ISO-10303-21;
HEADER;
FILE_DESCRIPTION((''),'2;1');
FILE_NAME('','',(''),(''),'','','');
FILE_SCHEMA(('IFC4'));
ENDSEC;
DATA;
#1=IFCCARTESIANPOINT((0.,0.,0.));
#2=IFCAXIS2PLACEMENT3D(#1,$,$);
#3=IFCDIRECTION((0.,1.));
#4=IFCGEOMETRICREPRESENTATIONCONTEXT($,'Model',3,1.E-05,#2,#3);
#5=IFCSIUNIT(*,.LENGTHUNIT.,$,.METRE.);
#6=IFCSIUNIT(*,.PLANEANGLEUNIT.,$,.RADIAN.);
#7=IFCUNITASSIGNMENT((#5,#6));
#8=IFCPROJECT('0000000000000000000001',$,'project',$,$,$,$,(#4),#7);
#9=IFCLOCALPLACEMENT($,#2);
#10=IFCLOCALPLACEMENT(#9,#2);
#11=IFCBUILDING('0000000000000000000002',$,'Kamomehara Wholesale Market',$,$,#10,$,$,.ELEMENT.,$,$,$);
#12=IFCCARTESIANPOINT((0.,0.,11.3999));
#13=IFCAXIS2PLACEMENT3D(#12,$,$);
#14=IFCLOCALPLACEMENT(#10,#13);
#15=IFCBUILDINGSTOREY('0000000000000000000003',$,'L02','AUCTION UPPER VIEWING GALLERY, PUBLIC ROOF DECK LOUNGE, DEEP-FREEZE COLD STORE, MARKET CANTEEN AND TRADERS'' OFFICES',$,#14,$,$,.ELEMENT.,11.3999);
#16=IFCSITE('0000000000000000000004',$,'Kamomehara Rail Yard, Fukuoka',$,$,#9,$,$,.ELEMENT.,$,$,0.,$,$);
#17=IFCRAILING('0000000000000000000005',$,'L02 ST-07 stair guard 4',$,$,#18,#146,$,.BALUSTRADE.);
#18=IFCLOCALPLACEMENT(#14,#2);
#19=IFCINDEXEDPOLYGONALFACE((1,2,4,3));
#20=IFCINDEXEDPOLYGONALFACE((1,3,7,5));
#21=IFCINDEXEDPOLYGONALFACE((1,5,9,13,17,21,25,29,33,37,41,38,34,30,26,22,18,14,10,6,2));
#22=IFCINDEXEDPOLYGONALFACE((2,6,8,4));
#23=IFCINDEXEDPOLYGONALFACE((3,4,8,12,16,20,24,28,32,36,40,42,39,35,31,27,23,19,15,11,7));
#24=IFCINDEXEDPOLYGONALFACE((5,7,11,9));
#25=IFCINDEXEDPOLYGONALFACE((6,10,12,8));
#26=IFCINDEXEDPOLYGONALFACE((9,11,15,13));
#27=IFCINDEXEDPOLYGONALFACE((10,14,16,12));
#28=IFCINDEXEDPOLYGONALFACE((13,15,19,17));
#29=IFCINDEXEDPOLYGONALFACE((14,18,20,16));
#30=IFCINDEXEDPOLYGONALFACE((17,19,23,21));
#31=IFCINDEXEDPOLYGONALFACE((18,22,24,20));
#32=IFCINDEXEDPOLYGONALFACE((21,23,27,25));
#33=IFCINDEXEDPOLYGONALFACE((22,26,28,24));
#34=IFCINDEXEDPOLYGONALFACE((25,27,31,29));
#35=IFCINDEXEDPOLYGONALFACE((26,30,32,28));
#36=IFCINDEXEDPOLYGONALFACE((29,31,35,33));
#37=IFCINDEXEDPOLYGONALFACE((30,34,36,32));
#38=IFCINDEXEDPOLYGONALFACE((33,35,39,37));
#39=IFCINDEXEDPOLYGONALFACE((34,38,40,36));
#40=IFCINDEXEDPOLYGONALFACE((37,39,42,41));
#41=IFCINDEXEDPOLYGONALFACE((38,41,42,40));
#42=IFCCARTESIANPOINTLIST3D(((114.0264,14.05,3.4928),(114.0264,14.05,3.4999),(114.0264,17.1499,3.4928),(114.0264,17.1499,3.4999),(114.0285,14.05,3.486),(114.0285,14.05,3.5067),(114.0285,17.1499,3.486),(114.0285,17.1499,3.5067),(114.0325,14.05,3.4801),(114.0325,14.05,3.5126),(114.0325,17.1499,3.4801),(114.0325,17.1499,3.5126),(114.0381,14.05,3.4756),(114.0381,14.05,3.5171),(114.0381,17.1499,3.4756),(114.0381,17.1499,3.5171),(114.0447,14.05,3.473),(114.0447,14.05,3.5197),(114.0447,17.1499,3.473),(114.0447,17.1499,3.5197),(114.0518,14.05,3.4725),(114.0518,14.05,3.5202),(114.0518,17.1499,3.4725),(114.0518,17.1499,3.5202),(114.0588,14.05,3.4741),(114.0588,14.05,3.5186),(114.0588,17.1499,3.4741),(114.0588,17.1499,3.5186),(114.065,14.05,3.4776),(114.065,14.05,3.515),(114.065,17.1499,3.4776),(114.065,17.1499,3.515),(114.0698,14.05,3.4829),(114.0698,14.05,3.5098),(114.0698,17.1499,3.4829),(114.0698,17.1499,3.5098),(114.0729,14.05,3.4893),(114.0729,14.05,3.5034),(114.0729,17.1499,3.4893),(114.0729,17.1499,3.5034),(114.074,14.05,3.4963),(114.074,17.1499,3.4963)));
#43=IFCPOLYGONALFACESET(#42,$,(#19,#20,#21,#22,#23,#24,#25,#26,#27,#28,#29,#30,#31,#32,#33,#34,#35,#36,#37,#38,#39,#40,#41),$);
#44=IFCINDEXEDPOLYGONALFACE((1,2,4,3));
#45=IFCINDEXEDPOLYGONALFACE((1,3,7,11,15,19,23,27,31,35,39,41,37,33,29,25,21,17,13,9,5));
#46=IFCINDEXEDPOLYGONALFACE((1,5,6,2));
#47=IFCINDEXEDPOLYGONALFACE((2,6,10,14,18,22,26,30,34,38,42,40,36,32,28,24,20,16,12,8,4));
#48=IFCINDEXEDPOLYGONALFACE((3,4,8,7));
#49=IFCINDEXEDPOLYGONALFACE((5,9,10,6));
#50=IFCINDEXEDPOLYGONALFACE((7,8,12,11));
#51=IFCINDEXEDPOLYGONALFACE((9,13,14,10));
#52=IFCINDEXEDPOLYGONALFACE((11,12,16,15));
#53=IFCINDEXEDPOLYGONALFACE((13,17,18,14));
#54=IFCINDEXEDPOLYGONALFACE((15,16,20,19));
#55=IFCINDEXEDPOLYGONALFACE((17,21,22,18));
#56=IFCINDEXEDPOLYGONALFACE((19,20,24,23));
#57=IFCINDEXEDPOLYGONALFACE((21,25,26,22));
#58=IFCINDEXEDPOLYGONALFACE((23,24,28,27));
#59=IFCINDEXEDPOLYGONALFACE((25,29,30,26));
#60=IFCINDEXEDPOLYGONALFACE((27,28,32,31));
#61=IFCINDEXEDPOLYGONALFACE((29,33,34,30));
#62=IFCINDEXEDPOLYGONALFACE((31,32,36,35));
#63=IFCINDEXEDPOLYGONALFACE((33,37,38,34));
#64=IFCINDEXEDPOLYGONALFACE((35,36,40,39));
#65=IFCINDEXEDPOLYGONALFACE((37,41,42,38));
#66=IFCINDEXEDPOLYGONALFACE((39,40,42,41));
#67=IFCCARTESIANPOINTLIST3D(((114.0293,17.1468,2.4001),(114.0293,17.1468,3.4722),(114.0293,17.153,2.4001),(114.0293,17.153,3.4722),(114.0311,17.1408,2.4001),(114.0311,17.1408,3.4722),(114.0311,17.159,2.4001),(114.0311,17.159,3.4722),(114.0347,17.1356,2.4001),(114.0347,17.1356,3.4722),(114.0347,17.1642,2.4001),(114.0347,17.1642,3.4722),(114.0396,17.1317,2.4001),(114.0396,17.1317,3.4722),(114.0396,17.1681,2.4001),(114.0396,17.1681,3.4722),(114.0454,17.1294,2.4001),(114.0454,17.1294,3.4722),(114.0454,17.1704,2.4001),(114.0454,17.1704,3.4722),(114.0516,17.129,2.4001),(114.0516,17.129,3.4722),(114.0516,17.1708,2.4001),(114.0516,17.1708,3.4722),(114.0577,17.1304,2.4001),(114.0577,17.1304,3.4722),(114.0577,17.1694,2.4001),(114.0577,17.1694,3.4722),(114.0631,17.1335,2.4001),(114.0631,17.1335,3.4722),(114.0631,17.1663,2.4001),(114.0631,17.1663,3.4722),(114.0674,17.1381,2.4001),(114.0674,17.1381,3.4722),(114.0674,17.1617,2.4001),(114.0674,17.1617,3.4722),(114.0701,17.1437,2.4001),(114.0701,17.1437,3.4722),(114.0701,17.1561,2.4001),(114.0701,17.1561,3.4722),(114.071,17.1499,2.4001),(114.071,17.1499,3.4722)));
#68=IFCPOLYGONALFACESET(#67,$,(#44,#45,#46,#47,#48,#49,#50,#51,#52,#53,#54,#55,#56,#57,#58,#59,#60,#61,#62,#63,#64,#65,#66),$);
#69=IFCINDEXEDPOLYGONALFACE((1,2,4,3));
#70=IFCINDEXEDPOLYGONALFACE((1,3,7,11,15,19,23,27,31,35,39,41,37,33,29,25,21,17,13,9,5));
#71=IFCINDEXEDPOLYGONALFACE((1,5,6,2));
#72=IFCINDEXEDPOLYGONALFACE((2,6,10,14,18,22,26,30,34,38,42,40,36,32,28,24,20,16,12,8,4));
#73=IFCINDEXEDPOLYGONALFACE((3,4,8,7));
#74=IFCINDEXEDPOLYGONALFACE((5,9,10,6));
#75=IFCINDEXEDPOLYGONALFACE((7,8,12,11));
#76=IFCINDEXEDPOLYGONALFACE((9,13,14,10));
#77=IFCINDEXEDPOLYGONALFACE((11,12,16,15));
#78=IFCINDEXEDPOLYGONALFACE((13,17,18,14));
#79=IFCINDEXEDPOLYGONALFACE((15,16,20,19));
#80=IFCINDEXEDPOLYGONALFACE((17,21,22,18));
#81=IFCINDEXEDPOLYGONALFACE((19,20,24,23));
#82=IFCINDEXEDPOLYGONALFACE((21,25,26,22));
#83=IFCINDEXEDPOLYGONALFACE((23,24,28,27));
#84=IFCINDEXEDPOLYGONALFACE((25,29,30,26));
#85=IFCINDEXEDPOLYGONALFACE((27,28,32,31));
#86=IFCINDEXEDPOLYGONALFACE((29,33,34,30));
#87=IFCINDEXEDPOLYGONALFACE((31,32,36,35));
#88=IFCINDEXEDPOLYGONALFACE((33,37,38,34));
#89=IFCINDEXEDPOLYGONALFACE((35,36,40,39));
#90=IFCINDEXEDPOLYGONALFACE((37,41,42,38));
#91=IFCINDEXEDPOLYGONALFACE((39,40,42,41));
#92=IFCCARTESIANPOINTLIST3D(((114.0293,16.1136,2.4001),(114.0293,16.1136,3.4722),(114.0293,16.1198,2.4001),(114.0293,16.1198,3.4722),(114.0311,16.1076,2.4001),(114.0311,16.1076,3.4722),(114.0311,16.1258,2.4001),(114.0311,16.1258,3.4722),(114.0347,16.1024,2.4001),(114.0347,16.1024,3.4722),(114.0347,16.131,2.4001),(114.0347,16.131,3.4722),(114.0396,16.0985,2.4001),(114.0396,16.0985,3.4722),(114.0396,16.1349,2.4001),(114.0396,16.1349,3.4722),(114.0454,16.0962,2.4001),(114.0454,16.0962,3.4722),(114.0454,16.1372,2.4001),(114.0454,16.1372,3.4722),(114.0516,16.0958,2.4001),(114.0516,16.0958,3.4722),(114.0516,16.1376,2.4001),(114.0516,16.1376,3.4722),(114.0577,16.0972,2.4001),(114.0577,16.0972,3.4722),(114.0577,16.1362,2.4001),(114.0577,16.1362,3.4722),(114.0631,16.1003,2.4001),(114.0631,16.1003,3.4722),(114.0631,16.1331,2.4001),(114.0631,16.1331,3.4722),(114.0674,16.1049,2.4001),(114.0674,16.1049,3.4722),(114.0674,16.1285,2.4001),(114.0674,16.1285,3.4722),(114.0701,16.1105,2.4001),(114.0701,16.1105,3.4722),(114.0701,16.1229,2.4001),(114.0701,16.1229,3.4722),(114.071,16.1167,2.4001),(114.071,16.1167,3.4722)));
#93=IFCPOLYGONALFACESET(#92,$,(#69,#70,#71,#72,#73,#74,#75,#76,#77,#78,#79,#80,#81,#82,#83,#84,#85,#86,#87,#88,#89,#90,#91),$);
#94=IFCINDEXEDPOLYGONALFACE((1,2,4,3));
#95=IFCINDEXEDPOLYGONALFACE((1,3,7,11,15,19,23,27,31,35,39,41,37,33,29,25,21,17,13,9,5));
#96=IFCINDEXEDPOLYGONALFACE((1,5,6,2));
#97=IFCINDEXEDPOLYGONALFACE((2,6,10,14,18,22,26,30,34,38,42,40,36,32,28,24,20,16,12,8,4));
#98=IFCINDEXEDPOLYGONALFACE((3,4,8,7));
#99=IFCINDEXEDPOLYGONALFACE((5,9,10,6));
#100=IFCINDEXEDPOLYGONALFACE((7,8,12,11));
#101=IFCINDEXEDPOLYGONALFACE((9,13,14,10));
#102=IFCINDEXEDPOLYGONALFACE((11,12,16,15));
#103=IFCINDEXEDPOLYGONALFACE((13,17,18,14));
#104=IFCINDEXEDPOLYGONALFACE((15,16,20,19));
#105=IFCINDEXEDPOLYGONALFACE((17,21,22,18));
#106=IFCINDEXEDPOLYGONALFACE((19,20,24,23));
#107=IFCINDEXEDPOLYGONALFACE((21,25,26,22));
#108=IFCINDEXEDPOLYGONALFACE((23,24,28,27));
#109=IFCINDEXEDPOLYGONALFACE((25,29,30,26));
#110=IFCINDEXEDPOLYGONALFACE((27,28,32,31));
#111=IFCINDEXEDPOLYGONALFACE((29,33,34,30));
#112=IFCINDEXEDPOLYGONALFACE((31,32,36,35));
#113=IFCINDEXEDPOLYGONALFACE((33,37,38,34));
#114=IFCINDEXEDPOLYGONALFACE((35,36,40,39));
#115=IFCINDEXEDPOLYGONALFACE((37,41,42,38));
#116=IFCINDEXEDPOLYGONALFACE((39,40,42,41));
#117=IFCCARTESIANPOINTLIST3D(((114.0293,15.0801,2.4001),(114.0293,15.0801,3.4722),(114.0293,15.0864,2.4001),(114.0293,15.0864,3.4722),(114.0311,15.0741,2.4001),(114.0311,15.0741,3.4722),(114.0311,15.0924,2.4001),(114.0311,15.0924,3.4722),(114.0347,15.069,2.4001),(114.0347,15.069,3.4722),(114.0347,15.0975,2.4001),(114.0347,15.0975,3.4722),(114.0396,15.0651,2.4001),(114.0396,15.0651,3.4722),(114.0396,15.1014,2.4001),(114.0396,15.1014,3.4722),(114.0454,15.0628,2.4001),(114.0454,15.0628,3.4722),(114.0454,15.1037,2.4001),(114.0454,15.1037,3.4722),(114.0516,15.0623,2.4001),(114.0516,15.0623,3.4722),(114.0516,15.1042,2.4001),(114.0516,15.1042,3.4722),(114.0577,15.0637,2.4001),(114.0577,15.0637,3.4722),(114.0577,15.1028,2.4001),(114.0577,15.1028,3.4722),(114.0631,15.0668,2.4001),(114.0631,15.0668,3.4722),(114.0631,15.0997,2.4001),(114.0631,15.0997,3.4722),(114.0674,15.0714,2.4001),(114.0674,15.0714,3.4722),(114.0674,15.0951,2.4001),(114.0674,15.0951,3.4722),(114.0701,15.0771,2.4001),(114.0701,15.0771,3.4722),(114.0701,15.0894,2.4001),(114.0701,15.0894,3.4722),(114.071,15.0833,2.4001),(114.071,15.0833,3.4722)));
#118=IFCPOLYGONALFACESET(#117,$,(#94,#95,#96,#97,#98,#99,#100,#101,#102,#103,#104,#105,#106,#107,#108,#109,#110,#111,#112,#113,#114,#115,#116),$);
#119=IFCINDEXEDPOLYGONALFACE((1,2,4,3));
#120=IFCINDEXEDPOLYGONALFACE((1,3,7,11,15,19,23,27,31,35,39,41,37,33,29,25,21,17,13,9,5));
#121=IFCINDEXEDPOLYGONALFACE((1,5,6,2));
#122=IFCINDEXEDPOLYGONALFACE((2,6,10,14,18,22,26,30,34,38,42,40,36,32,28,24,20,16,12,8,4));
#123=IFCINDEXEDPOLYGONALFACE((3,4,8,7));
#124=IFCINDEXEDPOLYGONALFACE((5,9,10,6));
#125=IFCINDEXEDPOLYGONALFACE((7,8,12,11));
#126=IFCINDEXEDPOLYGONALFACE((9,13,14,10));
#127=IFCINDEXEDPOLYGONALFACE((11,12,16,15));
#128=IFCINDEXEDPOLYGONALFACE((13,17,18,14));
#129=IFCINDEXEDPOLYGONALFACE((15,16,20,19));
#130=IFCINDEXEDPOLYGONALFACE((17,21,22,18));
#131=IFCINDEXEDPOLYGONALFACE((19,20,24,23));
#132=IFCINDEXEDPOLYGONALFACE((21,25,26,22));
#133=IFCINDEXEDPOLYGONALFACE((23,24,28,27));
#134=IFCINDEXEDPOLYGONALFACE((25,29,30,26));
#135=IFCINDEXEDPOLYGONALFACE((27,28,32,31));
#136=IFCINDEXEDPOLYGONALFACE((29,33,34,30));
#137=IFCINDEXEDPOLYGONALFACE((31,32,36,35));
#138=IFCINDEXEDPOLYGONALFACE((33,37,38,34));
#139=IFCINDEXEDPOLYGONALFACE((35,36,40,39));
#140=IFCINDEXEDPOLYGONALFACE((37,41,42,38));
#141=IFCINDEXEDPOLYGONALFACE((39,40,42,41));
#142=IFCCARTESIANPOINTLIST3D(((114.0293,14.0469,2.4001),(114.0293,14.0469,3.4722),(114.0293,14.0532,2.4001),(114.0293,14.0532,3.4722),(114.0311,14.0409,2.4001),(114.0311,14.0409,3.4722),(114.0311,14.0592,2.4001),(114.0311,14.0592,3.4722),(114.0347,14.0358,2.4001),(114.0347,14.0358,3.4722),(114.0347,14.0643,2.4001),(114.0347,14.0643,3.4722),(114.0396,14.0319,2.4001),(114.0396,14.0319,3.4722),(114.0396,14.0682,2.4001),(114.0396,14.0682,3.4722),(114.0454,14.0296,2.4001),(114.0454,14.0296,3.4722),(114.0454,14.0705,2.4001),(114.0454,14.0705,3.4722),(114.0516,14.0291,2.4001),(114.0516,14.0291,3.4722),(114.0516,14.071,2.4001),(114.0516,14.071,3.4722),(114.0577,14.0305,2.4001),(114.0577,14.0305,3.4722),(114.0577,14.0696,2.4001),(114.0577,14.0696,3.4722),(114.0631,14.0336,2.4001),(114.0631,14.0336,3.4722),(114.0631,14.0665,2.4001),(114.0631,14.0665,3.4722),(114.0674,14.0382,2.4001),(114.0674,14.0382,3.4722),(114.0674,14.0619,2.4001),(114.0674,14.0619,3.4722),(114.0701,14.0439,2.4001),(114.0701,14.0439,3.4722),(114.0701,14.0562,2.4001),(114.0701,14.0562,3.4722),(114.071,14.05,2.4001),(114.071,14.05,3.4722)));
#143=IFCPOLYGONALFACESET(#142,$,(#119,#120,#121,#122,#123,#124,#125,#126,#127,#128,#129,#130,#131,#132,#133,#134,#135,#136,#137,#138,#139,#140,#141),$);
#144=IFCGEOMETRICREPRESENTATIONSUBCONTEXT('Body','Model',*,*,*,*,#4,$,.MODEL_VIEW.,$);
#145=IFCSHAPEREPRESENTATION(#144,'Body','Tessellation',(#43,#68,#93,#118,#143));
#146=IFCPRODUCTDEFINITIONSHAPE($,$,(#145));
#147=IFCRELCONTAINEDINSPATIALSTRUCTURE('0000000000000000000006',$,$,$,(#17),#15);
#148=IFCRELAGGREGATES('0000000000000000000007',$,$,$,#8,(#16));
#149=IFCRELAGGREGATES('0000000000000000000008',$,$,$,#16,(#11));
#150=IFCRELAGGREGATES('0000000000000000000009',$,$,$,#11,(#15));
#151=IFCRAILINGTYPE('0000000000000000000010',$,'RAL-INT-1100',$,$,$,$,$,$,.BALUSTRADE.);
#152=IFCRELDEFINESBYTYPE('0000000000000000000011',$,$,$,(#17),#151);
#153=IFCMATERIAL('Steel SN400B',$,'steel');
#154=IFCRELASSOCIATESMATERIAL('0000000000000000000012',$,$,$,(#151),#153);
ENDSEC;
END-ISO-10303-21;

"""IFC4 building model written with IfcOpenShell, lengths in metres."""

from ifc_helpers import new_model, si_unit, direction, frame, origin, origin_2d, place, context, subcontext, project, spatial, circle, extrude, material, type_object, element, save


model = new_model("IFC4")

# Units and contexts
model_context = context("Model", 3, precision=1e-05, world=origin(), true_north=direction((0.0, 1.0)))
body_context = subcontext(model_context, "Body", "Model", "MODEL_VIEW")
ifc_project = project(units=[si_unit("LENGTHUNIT", "METRE"), si_unit("PLANEANGLEUNIT", "RADIAN")], contexts=[model_context])

# Site, building, storey
site_placement = place(None, origin())
site = spatial("IfcSite", under=ifc_project, at=site_placement, Name="Kamomehara Rail Yard, Fukuoka", CompositionType="ELEMENT", RefElevation=0.0)
building_placement = place(site_placement, origin())
building = spatial("IfcBuilding", under=site, at=building_placement, Name="Kamomehara Wholesale Market", CompositionType="ELEMENT")
storey_placement = place(building_placement, frame((0.0, 0.0, 11.3999)))
storey = spatial("IfcBuildingStorey", under=building, at=storey_placement, Name="L02", Description="AUCTION UPPER VIEWING GALLERY, PUBLIC ROOF DECK LOUNGE, DEEP-FREEZE COLD STORE, MARKET CANTEEN AND TRADERS' OFFICES", CompositionType="ELEMENT", Elevation=11.3999)

# Railing
ifc_material_1 = material(Name="Steel SN400B", Category="steel")
railing_type_1 = type_object("IfcRailingType", Name="RAL-INT-1100", PredefinedType="BALUSTRADE", material=ifc_material_1)
for number, where, name in (
    (1, (114.05, 17.1499, 2.4001), "L02 ST-07 stair guard 4"),
):
    element("IfcRailing", number, at=place(storey_placement, frame(where)), inside=storey, type_object=railing_type_1, Name=name, PredefinedType="BALUSTRADE", context=body_context, shape_type="SweptSolid", body=[
        extrude(circle(Radius=0.0239, at=origin_2d()), frame((0.0, 0.0, 1.0962), z_axis=(0.0, -1.0, 0.0), x_axis=(1.0, 0.0, 0.0)), (0.0, 0.0, 1.0), 3.0999),
        extrude(circle(Radius=0.021, at=origin_2d()), origin(), (0.0, 0.0, 1.0), 1.072),
        extrude(circle(Radius=0.021, at=origin_2d()), frame((0.0, -1.0332, 0.0)), (0.0, 0.0, 1.0), 1.072),
        extrude(circle(Radius=0.021, at=origin_2d()), frame((0.0, -2.0667, 0.0)), (0.0, 0.0, 1.0), 1.072),
        extrude(circle(Radius=0.021, at=origin_2d()), frame((0.0, -3.0999, 0.0)), (0.0, 0.0, 1.0), 1.072),
    ])

save(model, "model.ifc")
